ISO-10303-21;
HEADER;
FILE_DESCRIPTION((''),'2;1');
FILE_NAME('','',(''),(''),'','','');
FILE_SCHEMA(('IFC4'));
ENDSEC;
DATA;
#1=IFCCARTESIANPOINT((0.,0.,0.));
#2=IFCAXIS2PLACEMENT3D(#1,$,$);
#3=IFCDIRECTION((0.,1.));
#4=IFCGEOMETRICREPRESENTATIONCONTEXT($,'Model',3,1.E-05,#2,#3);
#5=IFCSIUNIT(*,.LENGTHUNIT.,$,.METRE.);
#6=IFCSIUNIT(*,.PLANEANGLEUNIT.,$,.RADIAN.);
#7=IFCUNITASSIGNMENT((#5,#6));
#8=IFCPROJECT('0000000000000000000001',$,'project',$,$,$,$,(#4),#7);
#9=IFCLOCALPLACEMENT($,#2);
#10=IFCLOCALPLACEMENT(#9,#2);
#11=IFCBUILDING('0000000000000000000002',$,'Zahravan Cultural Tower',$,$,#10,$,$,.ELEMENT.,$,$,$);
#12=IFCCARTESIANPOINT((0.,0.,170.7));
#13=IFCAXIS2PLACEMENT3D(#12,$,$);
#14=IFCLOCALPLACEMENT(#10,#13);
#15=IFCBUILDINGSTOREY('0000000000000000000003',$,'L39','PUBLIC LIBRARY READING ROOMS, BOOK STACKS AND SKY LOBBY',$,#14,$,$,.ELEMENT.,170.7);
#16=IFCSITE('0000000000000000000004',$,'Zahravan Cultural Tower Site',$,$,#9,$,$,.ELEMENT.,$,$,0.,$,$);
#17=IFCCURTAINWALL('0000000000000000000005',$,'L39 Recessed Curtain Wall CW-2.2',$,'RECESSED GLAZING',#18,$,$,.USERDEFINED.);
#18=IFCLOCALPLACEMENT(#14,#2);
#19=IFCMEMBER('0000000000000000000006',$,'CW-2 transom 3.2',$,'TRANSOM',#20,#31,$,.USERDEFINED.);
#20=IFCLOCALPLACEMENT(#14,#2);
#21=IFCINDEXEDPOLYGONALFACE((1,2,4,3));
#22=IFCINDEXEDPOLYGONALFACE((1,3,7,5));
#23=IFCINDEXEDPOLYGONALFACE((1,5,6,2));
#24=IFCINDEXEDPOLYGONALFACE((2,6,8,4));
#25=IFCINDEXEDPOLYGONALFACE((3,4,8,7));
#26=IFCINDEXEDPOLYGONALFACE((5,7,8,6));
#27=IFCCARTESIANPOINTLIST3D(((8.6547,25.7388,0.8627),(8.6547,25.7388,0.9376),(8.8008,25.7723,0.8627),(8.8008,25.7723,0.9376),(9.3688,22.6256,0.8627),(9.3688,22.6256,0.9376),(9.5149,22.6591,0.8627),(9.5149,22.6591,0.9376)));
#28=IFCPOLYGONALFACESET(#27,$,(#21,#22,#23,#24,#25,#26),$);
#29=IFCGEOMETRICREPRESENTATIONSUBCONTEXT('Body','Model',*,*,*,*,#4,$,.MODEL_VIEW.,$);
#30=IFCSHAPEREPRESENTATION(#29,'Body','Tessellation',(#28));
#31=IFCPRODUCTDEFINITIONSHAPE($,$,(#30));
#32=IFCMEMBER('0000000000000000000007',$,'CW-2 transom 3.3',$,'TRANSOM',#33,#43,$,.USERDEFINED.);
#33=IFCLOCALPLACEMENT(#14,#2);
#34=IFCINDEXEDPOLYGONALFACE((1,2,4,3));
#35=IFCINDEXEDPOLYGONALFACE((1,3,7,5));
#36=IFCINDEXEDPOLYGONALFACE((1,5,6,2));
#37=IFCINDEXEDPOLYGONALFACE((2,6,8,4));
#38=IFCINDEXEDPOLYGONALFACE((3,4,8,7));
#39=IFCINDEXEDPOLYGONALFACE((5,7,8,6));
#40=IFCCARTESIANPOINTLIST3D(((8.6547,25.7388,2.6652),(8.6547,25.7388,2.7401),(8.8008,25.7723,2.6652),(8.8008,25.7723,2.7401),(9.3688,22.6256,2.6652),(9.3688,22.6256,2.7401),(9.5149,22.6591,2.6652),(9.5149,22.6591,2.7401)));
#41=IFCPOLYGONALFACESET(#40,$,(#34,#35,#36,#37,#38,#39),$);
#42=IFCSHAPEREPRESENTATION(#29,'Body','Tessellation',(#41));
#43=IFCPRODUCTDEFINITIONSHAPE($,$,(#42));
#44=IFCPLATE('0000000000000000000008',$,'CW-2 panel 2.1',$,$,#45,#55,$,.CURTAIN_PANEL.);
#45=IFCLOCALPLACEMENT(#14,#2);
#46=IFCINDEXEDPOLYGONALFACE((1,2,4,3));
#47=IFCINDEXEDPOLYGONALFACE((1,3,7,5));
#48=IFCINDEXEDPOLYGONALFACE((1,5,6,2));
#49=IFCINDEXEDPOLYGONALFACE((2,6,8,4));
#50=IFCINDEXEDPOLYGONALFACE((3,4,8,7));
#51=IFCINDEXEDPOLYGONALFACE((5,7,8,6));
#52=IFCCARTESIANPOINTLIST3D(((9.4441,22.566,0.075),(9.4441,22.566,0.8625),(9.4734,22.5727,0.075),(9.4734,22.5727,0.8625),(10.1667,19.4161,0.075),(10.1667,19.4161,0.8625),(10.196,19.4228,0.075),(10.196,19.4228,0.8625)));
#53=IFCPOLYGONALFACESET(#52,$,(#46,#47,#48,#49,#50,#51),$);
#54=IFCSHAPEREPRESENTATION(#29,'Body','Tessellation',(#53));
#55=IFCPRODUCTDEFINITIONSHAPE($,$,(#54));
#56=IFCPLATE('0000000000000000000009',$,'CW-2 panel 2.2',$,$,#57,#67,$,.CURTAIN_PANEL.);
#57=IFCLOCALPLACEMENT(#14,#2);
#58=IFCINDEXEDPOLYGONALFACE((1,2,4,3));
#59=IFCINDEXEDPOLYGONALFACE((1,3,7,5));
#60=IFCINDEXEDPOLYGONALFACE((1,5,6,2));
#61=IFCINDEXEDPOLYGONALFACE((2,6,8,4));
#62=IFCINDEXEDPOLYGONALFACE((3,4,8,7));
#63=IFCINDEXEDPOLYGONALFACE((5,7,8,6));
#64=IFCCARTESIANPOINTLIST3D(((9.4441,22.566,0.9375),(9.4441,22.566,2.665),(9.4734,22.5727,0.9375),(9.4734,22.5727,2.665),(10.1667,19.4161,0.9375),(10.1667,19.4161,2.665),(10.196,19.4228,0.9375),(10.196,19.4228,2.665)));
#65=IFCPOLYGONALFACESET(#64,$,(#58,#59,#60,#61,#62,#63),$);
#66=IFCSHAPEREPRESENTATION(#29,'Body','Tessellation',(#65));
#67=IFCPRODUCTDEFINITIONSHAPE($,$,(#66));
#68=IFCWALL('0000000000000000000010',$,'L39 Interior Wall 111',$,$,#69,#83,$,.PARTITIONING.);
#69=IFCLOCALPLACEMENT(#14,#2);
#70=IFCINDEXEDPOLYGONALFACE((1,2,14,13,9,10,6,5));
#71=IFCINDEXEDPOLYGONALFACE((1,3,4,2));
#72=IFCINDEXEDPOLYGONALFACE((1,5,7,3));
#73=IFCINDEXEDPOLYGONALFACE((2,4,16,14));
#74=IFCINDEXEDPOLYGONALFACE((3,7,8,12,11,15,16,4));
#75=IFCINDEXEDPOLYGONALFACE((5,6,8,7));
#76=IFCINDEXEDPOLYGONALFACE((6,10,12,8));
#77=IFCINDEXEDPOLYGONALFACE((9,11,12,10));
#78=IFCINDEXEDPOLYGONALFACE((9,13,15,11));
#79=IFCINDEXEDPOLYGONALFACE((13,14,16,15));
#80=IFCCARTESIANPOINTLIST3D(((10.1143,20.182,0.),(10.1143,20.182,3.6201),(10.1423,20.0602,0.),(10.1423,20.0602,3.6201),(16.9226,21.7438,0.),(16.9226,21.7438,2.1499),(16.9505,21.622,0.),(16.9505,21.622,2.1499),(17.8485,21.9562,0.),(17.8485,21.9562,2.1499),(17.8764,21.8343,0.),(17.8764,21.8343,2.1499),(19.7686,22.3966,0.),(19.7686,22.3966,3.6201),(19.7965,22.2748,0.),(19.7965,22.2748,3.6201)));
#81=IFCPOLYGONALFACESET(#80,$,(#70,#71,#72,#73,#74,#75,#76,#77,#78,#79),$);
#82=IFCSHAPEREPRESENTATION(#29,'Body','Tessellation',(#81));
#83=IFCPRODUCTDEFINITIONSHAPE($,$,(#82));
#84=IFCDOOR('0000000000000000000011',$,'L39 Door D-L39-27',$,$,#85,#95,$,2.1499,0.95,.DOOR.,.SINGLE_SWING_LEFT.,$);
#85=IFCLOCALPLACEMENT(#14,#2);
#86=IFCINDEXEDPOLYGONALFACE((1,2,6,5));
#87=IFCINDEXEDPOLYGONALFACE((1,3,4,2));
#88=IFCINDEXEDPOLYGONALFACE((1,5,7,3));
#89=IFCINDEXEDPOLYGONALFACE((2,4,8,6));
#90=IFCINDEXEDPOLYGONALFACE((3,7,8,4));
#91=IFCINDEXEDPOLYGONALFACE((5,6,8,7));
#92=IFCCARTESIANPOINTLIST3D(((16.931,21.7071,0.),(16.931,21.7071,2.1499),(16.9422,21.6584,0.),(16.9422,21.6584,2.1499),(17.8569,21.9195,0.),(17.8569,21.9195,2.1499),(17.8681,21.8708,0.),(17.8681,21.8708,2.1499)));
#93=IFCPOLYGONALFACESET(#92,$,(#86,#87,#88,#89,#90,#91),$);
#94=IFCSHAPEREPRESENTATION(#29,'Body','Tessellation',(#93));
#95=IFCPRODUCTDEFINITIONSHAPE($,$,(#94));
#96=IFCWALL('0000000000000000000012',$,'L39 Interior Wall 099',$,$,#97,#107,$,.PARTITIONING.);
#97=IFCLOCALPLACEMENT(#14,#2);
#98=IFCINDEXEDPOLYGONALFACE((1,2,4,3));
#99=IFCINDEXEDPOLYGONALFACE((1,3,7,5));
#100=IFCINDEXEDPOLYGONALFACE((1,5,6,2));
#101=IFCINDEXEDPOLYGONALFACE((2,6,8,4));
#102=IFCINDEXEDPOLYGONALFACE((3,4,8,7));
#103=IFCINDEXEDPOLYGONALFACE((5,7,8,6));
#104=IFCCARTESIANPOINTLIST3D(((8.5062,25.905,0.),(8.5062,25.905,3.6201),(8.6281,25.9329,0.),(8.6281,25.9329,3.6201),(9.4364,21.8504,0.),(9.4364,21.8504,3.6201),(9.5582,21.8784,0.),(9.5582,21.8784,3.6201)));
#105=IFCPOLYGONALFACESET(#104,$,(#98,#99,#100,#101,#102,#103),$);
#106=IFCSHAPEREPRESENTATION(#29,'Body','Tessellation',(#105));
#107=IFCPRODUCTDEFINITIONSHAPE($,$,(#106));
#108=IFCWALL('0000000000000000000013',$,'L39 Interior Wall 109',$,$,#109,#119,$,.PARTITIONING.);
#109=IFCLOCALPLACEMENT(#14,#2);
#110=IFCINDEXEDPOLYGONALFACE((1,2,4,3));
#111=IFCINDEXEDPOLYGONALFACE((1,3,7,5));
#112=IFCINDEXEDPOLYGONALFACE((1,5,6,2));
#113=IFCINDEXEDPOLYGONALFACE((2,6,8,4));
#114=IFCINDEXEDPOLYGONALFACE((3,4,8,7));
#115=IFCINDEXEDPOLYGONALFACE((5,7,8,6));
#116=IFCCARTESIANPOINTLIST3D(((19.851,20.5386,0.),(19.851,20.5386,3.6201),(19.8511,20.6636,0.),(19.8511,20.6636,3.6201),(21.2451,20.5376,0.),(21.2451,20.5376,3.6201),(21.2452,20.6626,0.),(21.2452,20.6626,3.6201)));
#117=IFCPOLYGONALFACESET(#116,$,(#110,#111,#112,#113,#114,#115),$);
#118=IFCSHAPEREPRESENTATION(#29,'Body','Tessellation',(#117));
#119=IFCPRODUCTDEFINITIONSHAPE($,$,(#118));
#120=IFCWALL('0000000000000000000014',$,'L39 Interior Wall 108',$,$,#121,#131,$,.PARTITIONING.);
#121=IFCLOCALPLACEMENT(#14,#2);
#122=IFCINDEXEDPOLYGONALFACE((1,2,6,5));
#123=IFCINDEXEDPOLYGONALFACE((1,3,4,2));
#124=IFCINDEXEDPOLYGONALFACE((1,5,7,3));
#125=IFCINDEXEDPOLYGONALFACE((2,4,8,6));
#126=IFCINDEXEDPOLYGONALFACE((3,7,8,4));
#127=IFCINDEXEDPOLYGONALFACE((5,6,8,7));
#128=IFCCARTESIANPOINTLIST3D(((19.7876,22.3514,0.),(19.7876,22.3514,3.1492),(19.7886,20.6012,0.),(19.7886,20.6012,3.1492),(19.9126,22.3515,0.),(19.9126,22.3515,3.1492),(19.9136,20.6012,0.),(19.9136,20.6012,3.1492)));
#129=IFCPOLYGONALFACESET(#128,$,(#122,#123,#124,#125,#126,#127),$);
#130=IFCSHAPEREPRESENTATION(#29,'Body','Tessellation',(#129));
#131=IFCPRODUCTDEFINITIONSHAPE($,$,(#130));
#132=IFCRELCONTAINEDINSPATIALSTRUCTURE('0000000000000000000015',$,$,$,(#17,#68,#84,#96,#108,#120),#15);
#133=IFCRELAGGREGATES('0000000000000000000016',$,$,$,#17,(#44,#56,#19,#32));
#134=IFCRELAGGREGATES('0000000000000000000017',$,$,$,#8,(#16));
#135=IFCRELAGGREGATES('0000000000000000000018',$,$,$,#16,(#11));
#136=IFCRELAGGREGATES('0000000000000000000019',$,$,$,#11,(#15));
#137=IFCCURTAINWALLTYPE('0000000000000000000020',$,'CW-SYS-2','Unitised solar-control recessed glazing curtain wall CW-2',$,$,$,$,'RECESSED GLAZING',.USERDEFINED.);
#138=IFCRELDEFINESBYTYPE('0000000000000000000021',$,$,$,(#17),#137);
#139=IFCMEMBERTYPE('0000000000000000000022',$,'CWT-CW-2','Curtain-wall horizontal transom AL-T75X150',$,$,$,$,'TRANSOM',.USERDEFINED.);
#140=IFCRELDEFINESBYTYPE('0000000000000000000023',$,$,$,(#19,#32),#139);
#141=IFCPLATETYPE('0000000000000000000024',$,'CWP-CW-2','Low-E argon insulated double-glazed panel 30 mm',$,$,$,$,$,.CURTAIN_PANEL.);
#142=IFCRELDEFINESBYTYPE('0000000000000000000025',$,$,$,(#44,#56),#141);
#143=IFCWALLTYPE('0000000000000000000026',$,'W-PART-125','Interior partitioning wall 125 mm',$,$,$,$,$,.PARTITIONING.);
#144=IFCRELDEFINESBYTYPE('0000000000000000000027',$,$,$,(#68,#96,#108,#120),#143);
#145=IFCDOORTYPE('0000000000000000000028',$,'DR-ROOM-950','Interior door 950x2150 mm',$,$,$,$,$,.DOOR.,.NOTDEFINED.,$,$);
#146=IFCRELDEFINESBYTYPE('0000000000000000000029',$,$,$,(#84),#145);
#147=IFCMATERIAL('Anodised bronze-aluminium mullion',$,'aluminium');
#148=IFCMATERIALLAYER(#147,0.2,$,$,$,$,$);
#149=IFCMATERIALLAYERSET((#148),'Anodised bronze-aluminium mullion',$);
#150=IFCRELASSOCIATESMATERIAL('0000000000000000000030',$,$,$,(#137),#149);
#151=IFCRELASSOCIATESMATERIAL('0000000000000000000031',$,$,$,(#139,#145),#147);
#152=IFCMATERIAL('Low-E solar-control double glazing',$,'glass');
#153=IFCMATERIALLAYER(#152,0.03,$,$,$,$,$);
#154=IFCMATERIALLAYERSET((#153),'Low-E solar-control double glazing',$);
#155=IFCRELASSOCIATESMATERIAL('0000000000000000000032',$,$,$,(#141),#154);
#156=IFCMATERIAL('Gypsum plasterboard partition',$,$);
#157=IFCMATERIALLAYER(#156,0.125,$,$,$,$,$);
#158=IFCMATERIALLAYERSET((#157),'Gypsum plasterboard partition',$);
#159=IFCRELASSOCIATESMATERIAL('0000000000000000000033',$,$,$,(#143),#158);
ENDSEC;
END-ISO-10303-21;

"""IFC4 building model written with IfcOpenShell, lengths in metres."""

from ifc_helpers import new_model, si_unit, direction, frame, frame_2d, origin, origin_2d, place, context, subcontext, project, spatial, rectangle, extrude, source, transform, mapped, material, layer, layer_set, material_profile, profile_set, type_object, element, fill, aggregate, save


model = new_model("IFC4")

# Units and contexts
model_context = context("Model", 3, precision=1e-05, world=origin(), true_north=direction((0.0, 1.0)))
body_context = subcontext(model_context, "Body", "Model", "MODEL_VIEW")
ifc_project = project(units=[si_unit("LENGTHUNIT", "METRE"), si_unit("PLANEANGLEUNIT", "RADIAN")], contexts=[model_context])

# Site, building, storey
site_placement = place(None, origin())
site = spatial("IfcSite", under=ifc_project, at=site_placement, Name="Zahravan Cultural Tower Site", CompositionType="ELEMENT", RefElevation=0.0)
building_placement = place(site_placement, origin())
building = spatial("IfcBuilding", under=site, at=building_placement, Name="Zahravan Cultural Tower", CompositionType="ELEMENT")
storey_placement = place(building_placement, frame((0.0, 0.0, 170.7)))
storey = spatial("IfcBuildingStorey", under=building, at=storey_placement, Name="L39", Description="PUBLIC LIBRARY READING ROOMS, BOOK STACKS AND SKY LOBBY", CompositionType="ELEMENT", Elevation=170.7)

# Curtain wall, members, plates
ifc_material_1 = material(Name="Anodised bronze-aluminium mullion", Category="aluminium")
ifc_layer_1 = layer(ifc_material_1, 0.2)
ifc_layer_set_1 = layer_set([ifc_layer_1], Name="Anodised bronze-aluminium mullion")
curtain_wall_type = type_object("IfcCurtainWallType", Name="CW-SYS-2", Description="Unitised solar-control recessed glazing curtain wall CW-2", ElementType="RECESSED GLAZING", PredefinedType="USERDEFINED", material=ifc_layer_set_1)
curtain_wall_placement = place(storey_placement, origin())
curtain_wall = element("IfcCurtainWall", 1, at=curtain_wall_placement, inside=storey, type_object=curtain_wall_type, Name="L39 Recessed Curtain Wall CW-2.2", ObjectType="RECESSED GLAZING", PredefinedType="USERDEFINED")
ifc_material_profile_1 = material_profile(ifc_material_1, rectangle(XDim=0.1499, YDim=0.075, at=origin_2d()), Name="AL-T75X150")
ifc_profile_set_1 = profile_set([ifc_material_profile_1], Name="Anodised bronze-aluminium mullion")
member_type_1 = type_object("IfcMemberType", Name="CWT-CW-2", Description="Curtain-wall horizontal transom AL-T75X150", ElementType="TRANSOM", PredefinedType="USERDEFINED", material=ifc_profile_set_1)
shared_shape_1 = source(origin(), body_context, "Body", "SweptSolid", [
    extrude(rectangle(XDim=0.1499, YDim=0.075, at=origin_2d()), origin(), (0.0, 0.0, 1.0), 3.1941),
])
member_1_placement = place(storey_placement, frame((9.4419, 22.6423, 0.9001), z_axis=(-0.22357, 0.974688, 0.0), x_axis=(-0.974688, -0.22357, 0.0)))
member_1 = element("IfcMember", 2, at=member_1_placement, type_object=member_type_1, Name="CW-2 transom 3.2", ObjectType="TRANSOM", PredefinedType="USERDEFINED", context=body_context, shape_type="MappedRepresentation", body=[
    mapped(shared_shape_1, transform((0.0, 0.0, 0.0), x_axis=(1.0, 0.0, 0.0), y_axis=(0.0, 1.0, 0.0), z_axis=(0.0, 0.0, 1.0), scale=1.0)),
])
member_2_placement = place(storey_placement, frame((9.4419, 22.6423, 2.7026), z_axis=(-0.22357, 0.974688, 0.0), x_axis=(-0.974688, -0.22357, 0.0)))
member_2 = element("IfcMember", 3, at=member_2_placement, type_object=member_type_1, Name="CW-2 transom 3.3", ObjectType="TRANSOM", PredefinedType="USERDEFINED", context=body_context, shape_type="MappedRepresentation", body=[
    mapped(shared_shape_1, transform((0.0, 0.0, 0.0), x_axis=(1.0, 0.0, 0.0), y_axis=(0.0, 1.0, 0.0), z_axis=(0.0, 0.0, 1.0), scale=1.0)),
])
ifc_material_2 = material(Name="Low-E solar-control double glazing", Category="glass")
ifc_layer_2 = layer(ifc_material_2, 0.03)
ifc_layer_set_2 = layer_set([ifc_layer_2], Name="Low-E solar-control double glazing")
plate_type = type_object("IfcPlateType", Name="CWP-CW-2", Description="Low-E argon insulated double-glazed panel 30 mm", PredefinedType="CURTAIN_PANEL", material=ifc_layer_set_2)
shared_shape_2 = source(origin(), body_context, "Body", "SweptSolid", [
    extrude(rectangle(XDim=3.2317, YDim=0.03, at=origin_2d()), origin(), (0.0, 0.0, 1.0), 0.7876),
])
plate_1_placement = place(storey_placement, frame((9.8201, 20.9944, 0.075), z_axis=(0.0, 0.0, 1.0), x_axis=(-0.2236, 0.974681, 0.0)))
plate_1 = element("IfcPlate", 4, at=plate_1_placement, type_object=plate_type, Name="CW-2 panel 2.1", PredefinedType="CURTAIN_PANEL", context=body_context, shape_type="MappedRepresentation", body=[
    mapped(shared_shape_2, transform((0.0, 0.0, 0.0), x_axis=(1.0, 0.0, 0.0), y_axis=(0.0, 1.0, 0.0), z_axis=(0.0, 0.0, 1.0), scale=1.0)),
])
shared_shape_3 = source(origin(), body_context, "Body", "SweptSolid", [
    extrude(rectangle(XDim=3.2317, YDim=0.03, at=origin_2d()), origin(), (0.0, 0.0, 1.0), 1.7275),
])
plate_2_placement = place(storey_placement, frame((9.8201, 20.9944, 0.9375), z_axis=(0.0, 0.0, 1.0), x_axis=(-0.2236, 0.974681, 0.0)))
plate_2 = element("IfcPlate", 5, at=plate_2_placement, type_object=plate_type, Name="CW-2 panel 2.2", PredefinedType="CURTAIN_PANEL", context=body_context, shape_type="MappedRepresentation", body=[
    mapped(shared_shape_3, transform((0.0, 0.0, 0.0), x_axis=(1.0, 0.0, 0.0), y_axis=(0.0, 1.0, 0.0), z_axis=(0.0, 0.0, 1.0), scale=1.0)),
])
aggregate(curtain_wall, [plate_1, plate_2, member_1, member_2])

# Wall, opening, door
ifc_material_3 = material(Name="Gypsum plasterboard partition")
ifc_layer_3 = layer(ifc_material_3, 0.125)
ifc_layer_set_3 = layer_set([ifc_layer_3], Name="Gypsum plasterboard partition")
wall_type = type_object("IfcWallType", Name="W-PART-125", Description="Interior partitioning wall 125 mm", PredefinedType="PARTITIONING", material=ifc_layer_set_3)
wall_1_placement = place(storey_placement, frame((10.1282, 20.1211, 0.0), z_axis=(0.0, 0.0, 1.0), x_axis=(0.974685, 0.223583, 0.0)))
wall_1 = element("IfcWall", 6, at=wall_1_placement, inside=storey, type_object=wall_type, Name="L39 Interior Wall 111", PredefinedType="PARTITIONING", context=body_context, shape_type="SweptSolid", body=[
    extrude(rectangle(XDim=9.905, YDim=0.125, at=frame_2d((4.9526, 0.0))), origin(), (0.0, 0.0, 1.0), 3.6201),
])
opening_placement = place(wall_1_placement, frame((6.9851, 0.0, 0.0)))
opening = element("IfcOpeningElement", 7, at=opening_placement, cuts=wall_1, PredefinedType="OPENING", context=body_context, shape_type="SweptSolid", body=[
    extrude(rectangle(XDim=0.95, YDim=2.1499, at=frame_2d((0.4751, 1.075))), frame((0.0, 0.0725, 0.0), z_axis=(0.0, -1.0, 0.0), x_axis=(1.0, 0.0, 0.0)), (0.0, 0.0, 1.0), 0.145),
])
door_type = type_object("IfcDoorType", Name="DR-ROOM-950", Description="Interior door 950x2150 mm", OperationType="NOTDEFINED", PredefinedType="DOOR", material=ifc_material_1)
shared_shape_4 = source(origin(), body_context, "Body", "SweptSolid", [
    extrude(rectangle(XDim=0.95, YDim=2.1499, at=frame_2d((0.4751, 1.075))), frame((0.0, 0.0249, 0.0), z_axis=(0.0, -1.0, 0.0), x_axis=(1.0, 0.0, 0.0)), (0.0, 0.0, 1.0), 0.05),
])
door_placement = place(opening_placement, origin())
door = element("IfcDoor", 8, at=door_placement, inside=storey, type_object=door_type, Name="L39 Door D-L39-27", OperationType="SINGLE_SWING_LEFT", OverallHeight=2.1499, OverallWidth=0.95, PredefinedType="DOOR", context=body_context, shape_type="MappedRepresentation", body=[
    mapped(shared_shape_4, transform((0.0, 0.0, 0.0), x_axis=(1.0, 0.0, 0.0), y_axis=(0.0, 1.0, 0.0), z_axis=(0.0, 0.0, 1.0), scale=1.0)),
])
fill(opening, door)

# Walls
shared_shape_5 = source(origin(), body_context, "Body", "SweptSolid", [
    extrude(rectangle(XDim=4.1599, YDim=0.125, at=frame_2d((2.0801, 0.0))), origin(), (0.0, 0.0, 1.0), 3.6201),
])
wall_2_placement = place(storey_placement, frame((9.4973, 21.8643, 0.0), z_axis=(0.0, 0.0, 1.0), x_axis=(-0.223599, 0.974681, 0.0)))
element("IfcWall", 9, at=wall_2_placement, inside=storey, type_object=wall_type, Name="L39 Interior Wall 099", PredefinedType="PARTITIONING", context=body_context, shape_type="MappedRepresentation", body=[
    mapped(shared_shape_5, transform((0.0, 0.0, 0.0), x_axis=(1.0, 0.0, 0.0), y_axis=(0.0, 1.0, 0.0), z_axis=(0.0, 0.0, 1.0), scale=1.0)),
])
shared_shape_6 = source(origin(), body_context, "Body", "SweptSolid", [
    extrude(rectangle(XDim=1.394, YDim=0.125, at=frame_2d((0.697, 0.0))), origin(), (0.0, 0.0, 1.0), 3.6201),
])
wall_3_placement = place(storey_placement, frame((19.8511, 20.6011, 0.0), z_axis=(0.0, 0.0, 1.0), x_axis=(1.0, -0.000701, 0.0)))
element("IfcWall", 10, at=wall_3_placement, inside=storey, type_object=wall_type, Name="L39 Interior Wall 109", PredefinedType="PARTITIONING", context=body_context, shape_type="MappedRepresentation", body=[
    mapped(shared_shape_6, transform((0.0, 0.0, 0.0), x_axis=(1.0, 0.0, 0.0), y_axis=(0.0, 1.0, 0.0), z_axis=(0.0, 0.0, 1.0), scale=1.0)),
])
shared_shape_7 = source(origin(), body_context, "Body", "SweptSolid", [
    extrude(rectangle(XDim=1.7502, YDim=0.125, at=frame_2d((0.875, 0.0))), origin(), (0.0, 0.0, 1.0), 3.1492),
])
wall_4_placement = place(storey_placement, frame((19.8501, 22.3513, 0.0), z_axis=(0.0, 0.0, 1.0), x_axis=(0.000558, -1.0, 0.0)))
element("IfcWall", 11, at=wall_4_placement, inside=storey, type_object=wall_type, Name="L39 Interior Wall 108", PredefinedType="PARTITIONING", context=body_context, shape_type="MappedRepresentation", body=[
    mapped(shared_shape_7, transform((0.0, 0.0, 0.0), x_axis=(1.0, 0.0, 0.0), y_axis=(0.0, 1.0, 0.0), z_axis=(0.0, 0.0, 1.0), scale=1.0)),
])

save(model, "model.ifc")
